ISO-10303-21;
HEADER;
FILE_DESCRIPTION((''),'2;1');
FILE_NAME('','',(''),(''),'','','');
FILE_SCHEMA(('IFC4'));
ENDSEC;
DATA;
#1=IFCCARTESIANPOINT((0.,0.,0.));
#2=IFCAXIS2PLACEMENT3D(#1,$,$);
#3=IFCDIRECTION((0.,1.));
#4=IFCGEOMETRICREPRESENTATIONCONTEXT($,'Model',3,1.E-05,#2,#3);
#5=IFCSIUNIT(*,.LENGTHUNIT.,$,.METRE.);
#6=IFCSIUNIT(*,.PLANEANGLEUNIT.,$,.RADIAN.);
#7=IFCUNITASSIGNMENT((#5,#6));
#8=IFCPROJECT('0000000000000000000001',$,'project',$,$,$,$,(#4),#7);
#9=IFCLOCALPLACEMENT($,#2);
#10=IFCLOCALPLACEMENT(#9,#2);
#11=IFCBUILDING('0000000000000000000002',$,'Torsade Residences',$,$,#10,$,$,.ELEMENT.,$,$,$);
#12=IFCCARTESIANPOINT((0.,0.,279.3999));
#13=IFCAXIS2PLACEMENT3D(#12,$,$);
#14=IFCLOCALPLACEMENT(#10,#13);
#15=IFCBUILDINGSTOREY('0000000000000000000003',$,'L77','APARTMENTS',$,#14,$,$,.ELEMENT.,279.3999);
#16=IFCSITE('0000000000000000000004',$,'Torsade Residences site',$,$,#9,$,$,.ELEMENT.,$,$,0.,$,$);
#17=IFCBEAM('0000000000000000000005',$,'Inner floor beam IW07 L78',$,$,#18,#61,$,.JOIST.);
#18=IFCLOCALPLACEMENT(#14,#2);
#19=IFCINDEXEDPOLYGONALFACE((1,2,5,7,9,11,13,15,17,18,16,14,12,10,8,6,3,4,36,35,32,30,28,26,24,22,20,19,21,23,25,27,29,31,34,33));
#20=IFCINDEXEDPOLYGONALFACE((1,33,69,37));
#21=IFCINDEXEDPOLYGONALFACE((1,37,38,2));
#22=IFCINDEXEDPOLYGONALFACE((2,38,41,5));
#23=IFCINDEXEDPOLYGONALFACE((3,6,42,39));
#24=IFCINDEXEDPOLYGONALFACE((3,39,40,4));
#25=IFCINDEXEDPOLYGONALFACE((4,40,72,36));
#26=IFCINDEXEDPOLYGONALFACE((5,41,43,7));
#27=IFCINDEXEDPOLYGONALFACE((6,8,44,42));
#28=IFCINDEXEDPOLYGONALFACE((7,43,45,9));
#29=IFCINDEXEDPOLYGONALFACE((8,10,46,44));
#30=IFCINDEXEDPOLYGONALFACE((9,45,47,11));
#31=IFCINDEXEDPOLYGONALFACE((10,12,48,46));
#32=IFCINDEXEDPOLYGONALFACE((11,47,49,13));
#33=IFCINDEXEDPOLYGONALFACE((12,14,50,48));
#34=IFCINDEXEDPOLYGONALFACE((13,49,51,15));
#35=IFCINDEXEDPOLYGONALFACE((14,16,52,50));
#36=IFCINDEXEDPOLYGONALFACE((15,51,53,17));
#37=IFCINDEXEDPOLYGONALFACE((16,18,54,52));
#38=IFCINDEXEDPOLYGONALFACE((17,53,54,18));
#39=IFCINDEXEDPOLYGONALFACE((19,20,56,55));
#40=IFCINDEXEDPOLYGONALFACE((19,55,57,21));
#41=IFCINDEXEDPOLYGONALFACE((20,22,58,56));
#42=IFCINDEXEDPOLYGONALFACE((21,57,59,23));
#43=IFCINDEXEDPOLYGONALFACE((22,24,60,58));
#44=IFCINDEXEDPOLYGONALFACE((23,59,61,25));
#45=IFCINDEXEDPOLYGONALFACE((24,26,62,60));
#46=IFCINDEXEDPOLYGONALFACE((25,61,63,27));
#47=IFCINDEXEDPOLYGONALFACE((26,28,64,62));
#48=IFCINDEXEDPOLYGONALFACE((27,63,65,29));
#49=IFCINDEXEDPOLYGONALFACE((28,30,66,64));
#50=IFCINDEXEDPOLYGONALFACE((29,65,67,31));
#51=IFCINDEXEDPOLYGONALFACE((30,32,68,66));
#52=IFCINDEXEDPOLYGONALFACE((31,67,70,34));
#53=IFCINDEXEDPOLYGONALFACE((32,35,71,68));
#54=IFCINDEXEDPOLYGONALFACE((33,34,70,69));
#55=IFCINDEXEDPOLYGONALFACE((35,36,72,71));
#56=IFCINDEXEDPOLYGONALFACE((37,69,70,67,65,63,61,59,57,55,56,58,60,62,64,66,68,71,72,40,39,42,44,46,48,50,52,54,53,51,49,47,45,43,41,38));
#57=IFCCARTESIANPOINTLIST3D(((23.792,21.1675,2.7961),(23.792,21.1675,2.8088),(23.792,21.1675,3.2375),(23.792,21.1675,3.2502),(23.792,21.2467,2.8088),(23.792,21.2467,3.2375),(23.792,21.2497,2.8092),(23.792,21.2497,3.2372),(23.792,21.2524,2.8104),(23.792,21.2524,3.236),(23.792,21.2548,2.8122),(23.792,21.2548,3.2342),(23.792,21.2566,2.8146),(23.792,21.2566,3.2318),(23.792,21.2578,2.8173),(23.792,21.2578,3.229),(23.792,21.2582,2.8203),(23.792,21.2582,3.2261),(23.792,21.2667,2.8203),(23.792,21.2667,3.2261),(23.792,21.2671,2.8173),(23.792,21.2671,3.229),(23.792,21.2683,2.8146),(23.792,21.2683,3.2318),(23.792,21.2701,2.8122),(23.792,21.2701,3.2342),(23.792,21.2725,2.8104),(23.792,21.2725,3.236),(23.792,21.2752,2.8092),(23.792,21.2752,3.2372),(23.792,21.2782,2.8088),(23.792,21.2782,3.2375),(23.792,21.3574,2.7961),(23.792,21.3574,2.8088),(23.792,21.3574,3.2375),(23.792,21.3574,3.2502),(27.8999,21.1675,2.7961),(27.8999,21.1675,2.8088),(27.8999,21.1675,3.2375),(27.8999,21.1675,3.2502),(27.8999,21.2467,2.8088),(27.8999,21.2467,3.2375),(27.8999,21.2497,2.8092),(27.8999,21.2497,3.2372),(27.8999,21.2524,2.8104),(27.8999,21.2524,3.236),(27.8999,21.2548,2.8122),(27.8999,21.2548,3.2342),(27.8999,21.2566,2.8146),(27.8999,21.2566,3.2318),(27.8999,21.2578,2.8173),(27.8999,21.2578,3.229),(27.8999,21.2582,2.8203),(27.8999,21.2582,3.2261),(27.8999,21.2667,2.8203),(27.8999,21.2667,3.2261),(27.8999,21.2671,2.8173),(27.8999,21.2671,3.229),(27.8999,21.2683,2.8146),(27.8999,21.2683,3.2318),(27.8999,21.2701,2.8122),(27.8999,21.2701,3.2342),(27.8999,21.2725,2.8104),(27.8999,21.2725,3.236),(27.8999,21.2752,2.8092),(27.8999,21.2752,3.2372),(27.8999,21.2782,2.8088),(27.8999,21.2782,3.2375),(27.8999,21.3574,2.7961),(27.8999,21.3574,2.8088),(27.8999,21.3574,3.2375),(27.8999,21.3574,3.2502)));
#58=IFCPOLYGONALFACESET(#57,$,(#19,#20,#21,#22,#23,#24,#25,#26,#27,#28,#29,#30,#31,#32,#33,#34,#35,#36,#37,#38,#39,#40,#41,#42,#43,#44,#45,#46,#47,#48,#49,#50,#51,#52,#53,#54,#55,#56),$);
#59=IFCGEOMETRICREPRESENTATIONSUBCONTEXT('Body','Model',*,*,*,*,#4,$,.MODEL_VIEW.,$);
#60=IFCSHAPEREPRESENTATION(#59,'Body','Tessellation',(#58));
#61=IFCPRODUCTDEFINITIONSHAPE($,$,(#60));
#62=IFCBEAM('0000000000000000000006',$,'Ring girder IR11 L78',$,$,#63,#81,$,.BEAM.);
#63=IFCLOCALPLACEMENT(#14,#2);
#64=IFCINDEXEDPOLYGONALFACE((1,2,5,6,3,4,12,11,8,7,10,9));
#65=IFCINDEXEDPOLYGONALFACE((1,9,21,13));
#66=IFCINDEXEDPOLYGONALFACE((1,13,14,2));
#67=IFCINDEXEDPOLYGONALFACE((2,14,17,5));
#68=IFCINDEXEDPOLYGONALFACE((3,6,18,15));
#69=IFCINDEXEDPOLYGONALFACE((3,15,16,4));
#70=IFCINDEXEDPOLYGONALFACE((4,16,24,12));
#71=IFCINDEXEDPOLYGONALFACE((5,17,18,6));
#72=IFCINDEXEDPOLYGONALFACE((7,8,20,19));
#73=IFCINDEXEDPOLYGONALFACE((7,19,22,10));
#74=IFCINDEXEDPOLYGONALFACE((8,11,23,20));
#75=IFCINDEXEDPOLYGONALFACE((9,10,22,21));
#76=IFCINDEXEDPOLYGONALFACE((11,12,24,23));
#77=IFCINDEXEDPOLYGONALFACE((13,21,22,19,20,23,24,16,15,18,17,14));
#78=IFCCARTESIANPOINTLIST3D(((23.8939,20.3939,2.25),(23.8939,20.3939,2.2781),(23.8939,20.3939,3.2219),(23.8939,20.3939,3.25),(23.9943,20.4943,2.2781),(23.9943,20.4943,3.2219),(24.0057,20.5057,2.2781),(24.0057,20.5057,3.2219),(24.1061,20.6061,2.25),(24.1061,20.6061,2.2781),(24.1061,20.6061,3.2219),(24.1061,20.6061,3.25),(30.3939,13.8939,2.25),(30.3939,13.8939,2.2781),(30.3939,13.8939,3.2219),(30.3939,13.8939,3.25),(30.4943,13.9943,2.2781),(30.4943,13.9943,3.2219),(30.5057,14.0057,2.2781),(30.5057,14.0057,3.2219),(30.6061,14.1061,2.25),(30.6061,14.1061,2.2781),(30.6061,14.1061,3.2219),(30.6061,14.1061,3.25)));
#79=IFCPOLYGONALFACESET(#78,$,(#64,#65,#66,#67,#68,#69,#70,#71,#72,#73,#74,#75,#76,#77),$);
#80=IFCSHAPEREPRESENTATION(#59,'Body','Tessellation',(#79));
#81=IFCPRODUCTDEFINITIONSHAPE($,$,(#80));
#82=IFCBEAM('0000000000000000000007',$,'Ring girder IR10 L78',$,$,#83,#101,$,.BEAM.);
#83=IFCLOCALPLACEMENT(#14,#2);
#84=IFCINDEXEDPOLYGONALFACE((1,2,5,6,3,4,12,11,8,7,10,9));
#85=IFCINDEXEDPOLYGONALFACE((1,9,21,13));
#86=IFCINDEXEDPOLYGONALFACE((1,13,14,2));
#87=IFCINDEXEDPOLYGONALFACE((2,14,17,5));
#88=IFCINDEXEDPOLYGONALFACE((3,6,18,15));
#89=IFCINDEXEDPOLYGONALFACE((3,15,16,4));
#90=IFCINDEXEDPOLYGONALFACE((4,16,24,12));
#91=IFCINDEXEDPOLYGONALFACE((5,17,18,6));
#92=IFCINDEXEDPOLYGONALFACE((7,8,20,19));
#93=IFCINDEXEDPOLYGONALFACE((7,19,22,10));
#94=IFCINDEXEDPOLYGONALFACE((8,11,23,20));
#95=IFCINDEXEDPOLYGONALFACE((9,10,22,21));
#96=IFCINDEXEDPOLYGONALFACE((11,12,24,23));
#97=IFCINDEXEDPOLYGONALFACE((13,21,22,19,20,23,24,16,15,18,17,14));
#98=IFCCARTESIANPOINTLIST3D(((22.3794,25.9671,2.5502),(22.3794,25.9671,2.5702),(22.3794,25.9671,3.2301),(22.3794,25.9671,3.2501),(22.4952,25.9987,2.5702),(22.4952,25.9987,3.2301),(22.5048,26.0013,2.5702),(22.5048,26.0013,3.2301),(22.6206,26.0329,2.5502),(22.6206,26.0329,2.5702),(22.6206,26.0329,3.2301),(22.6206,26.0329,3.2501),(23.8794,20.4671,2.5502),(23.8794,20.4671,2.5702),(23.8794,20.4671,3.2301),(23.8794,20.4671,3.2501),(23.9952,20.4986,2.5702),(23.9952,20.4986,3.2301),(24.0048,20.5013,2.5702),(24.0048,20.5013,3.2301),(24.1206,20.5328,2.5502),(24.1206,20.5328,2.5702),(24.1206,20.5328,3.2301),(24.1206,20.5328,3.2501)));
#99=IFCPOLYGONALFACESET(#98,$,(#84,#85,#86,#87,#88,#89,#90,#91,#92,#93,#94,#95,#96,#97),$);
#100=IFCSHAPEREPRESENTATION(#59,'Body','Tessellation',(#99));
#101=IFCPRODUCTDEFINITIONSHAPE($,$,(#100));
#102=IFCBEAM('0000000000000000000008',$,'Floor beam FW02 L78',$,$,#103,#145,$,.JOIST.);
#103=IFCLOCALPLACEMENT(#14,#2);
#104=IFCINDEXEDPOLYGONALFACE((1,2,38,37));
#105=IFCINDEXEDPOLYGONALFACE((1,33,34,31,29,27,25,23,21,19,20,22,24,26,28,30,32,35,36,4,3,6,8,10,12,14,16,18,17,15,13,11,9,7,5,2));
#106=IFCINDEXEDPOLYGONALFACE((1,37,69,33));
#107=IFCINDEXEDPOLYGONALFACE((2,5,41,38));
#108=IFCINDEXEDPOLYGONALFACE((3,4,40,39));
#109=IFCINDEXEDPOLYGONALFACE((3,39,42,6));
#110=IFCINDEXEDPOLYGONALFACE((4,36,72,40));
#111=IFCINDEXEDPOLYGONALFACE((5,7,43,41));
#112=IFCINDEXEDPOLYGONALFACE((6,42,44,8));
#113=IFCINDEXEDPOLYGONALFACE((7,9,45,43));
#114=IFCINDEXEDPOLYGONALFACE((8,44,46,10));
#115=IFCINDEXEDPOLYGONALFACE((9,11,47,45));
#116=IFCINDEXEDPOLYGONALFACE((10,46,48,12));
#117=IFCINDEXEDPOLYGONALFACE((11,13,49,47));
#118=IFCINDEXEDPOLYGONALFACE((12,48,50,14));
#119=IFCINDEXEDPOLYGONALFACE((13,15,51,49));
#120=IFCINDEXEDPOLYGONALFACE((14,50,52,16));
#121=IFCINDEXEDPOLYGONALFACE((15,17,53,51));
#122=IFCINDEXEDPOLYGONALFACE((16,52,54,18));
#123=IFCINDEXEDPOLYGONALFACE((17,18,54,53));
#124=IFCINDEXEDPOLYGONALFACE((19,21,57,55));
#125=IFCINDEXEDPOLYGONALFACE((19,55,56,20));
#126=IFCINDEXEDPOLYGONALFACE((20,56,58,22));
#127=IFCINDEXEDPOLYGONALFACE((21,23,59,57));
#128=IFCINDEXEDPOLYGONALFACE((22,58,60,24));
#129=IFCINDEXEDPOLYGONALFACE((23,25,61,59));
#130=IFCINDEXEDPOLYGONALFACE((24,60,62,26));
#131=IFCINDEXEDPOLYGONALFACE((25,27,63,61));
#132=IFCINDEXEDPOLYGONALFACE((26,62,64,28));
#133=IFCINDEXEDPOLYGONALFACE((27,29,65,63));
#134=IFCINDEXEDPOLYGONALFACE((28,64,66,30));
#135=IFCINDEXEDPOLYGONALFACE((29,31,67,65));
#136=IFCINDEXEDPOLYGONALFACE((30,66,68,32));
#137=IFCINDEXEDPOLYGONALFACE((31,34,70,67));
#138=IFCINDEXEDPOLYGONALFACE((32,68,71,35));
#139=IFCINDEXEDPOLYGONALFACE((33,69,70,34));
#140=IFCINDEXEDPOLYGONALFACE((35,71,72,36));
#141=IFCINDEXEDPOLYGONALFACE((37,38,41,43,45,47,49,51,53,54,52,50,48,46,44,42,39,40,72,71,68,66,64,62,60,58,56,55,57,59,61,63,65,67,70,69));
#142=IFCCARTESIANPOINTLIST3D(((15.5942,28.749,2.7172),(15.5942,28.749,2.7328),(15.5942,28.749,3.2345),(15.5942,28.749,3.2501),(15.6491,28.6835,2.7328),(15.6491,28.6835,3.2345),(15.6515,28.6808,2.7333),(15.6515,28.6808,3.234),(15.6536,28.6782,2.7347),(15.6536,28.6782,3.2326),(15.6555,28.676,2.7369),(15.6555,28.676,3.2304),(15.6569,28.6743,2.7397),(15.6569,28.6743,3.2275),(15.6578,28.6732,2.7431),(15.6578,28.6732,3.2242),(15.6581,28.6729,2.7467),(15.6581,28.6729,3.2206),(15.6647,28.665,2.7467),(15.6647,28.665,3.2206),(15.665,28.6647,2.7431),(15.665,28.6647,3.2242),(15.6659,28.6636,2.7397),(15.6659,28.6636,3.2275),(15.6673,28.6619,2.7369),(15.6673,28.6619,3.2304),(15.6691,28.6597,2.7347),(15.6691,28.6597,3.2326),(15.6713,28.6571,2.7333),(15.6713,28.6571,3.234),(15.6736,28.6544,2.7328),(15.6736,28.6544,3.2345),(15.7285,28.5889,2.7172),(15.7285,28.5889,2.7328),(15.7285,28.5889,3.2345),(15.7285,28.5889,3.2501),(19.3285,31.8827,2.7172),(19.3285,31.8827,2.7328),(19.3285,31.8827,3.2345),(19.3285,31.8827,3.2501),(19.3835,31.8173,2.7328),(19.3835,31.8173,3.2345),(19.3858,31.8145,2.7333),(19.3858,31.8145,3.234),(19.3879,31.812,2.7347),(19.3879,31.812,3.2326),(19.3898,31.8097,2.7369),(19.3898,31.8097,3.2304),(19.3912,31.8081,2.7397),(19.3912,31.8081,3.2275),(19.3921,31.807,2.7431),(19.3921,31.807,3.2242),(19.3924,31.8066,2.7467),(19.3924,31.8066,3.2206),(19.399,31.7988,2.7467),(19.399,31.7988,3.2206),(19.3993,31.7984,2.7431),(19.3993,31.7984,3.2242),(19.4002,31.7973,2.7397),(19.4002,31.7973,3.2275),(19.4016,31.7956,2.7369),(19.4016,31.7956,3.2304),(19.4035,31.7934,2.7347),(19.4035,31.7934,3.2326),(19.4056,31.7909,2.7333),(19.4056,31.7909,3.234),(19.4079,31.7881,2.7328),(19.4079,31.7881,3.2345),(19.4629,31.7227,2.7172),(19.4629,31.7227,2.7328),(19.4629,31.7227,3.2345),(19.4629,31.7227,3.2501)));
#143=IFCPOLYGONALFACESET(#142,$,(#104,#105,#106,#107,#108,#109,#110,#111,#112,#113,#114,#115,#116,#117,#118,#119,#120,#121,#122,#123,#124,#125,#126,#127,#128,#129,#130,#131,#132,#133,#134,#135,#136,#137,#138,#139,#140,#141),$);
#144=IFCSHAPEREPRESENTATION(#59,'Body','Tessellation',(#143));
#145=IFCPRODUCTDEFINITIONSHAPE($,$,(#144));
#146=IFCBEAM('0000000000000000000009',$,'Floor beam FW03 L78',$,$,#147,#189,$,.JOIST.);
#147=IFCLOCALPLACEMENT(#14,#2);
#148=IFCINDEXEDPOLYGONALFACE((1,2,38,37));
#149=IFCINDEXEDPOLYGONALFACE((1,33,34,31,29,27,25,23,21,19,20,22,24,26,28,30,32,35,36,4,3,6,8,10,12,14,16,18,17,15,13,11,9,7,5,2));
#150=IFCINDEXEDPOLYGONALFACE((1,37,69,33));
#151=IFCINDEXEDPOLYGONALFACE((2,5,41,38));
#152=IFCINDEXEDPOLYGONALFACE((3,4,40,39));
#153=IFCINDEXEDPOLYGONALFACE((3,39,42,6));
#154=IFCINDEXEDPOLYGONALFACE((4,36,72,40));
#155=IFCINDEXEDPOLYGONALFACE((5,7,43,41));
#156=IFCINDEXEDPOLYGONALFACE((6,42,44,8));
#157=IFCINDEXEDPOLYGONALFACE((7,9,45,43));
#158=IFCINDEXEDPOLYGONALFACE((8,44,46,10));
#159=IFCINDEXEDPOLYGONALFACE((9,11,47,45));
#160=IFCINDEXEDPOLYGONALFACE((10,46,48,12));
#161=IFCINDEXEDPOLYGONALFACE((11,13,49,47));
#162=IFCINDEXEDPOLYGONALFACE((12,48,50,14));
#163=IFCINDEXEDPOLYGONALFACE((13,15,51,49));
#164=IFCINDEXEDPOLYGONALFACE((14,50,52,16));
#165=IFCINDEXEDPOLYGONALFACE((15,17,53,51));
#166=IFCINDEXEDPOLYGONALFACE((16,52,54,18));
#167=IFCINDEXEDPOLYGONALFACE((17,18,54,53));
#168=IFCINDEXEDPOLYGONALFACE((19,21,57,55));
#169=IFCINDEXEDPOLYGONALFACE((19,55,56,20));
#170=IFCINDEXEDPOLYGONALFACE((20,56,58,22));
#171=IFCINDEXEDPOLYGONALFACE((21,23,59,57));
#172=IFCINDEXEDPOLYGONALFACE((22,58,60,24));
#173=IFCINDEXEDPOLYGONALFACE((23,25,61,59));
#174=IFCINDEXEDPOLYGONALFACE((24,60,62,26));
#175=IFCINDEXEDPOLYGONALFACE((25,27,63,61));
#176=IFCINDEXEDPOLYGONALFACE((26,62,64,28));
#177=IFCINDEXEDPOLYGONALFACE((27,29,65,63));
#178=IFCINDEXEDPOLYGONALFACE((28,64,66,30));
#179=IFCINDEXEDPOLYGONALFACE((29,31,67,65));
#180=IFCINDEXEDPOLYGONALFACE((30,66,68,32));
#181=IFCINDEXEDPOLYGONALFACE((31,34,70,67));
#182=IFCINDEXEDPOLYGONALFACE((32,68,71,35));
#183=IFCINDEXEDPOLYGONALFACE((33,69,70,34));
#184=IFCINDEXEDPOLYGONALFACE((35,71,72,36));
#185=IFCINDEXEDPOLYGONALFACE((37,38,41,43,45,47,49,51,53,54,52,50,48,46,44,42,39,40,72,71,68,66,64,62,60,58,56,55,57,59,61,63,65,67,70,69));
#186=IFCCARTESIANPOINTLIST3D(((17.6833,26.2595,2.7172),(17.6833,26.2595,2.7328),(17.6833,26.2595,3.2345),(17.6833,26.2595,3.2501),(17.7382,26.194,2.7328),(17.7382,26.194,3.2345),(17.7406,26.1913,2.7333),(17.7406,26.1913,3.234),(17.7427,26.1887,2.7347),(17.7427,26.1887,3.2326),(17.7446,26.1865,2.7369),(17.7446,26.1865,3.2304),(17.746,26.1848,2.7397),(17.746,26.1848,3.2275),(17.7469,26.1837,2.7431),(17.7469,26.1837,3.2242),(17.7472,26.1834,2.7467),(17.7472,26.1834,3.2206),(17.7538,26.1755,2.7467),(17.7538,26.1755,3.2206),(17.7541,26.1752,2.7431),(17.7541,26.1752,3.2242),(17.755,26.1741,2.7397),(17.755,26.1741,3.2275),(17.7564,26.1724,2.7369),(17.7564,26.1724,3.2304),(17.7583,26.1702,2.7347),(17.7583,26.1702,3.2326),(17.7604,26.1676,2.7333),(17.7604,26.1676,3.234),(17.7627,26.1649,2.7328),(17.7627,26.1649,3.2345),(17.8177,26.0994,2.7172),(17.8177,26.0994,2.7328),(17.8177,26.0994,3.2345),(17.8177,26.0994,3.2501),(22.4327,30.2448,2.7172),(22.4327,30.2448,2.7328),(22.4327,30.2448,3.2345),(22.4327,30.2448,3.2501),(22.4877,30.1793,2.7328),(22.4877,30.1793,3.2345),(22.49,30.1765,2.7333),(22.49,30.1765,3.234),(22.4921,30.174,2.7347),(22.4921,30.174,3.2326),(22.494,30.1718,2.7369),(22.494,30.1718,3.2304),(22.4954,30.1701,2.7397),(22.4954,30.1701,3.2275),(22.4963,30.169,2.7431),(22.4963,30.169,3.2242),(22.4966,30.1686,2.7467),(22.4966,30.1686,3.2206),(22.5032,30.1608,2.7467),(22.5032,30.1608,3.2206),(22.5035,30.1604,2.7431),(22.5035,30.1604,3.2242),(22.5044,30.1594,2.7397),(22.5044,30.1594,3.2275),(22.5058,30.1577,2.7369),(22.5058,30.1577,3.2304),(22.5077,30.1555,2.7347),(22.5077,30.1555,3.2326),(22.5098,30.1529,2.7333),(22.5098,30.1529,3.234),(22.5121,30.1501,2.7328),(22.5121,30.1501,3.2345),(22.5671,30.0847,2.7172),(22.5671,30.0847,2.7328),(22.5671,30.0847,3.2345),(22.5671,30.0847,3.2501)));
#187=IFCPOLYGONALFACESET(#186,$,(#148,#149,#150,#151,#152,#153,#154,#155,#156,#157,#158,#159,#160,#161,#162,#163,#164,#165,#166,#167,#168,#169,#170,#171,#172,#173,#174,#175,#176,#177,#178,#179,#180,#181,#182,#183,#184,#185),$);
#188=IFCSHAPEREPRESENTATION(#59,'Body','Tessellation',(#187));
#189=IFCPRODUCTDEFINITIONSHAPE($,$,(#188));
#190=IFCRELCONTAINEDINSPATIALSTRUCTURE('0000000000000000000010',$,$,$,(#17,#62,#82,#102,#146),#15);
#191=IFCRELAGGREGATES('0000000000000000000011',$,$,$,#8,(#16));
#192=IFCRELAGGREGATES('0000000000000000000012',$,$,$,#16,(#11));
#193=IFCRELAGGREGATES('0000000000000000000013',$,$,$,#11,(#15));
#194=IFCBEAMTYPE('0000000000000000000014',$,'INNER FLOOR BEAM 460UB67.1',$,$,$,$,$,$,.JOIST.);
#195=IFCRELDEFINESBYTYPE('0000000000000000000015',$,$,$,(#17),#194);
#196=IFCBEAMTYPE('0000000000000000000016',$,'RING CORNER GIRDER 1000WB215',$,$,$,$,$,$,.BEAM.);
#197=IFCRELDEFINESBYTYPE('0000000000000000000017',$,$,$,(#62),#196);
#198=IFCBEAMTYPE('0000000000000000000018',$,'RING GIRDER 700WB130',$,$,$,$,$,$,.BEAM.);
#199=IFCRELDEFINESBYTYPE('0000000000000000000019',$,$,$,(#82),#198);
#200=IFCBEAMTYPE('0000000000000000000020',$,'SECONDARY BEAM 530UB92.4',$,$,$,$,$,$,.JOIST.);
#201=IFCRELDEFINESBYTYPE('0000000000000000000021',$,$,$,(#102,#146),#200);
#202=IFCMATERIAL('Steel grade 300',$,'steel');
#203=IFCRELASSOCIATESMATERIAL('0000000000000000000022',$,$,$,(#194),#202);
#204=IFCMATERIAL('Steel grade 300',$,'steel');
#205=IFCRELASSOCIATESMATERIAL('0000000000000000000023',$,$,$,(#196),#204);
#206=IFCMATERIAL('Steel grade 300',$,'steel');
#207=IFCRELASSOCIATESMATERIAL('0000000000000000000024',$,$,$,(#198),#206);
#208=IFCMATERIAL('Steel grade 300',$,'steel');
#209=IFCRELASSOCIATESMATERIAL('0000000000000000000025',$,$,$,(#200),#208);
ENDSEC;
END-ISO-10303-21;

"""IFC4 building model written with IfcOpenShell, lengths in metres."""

from ifc_helpers import new_model, si_unit, direction, frame, origin, origin_2d, place, context, subcontext, project, spatial, i_section, extrude, material, material_profile, profile_set, type_object, element, save


model = new_model("IFC4")

# Units and contexts
model_context = context("Model", 3, precision=1e-05, world=origin(), true_north=direction((0.0, 1.0)))
body_context = subcontext(model_context, "Body", "Model", "MODEL_VIEW")
ifc_project = project(units=[si_unit("LENGTHUNIT", "METRE"), si_unit("PLANEANGLEUNIT", "RADIAN")], contexts=[model_context])

# Site, building, storey
site_placement = place(None, origin())
site = spatial("IfcSite", under=ifc_project, at=site_placement, Name="Torsade Residences site", CompositionType="ELEMENT", RefElevation=0.0)
building_placement = place(site_placement, origin())
building = spatial("IfcBuilding", under=site, at=building_placement, Name="Torsade Residences", CompositionType="ELEMENT")
storey_placement = place(building_placement, frame((0.0, 0.0, 279.3999)))
storey = spatial("IfcBuildingStorey", under=building, at=storey_placement, Name="L77", Description="APARTMENTS", CompositionType="ELEMENT", Elevation=279.3999)

# Beams
ifc_material_1 = material(Name="Steel grade 300", Category="steel")
ifc_material_profile_1 = material_profile(ifc_material_1, i_section(OverallWidth=0.1899, OverallDepth=0.4541, WebThickness=0.0085, FlangeThickness=0.0127, FilletRadius=0.0115, at=origin_2d()), Name="460UB67.1")
ifc_profile_set_1 = profile_set([ifc_material_profile_1], Name="Steel grade 300")
beam_type_1 = type_object("IfcBeamType", Name="INNER FLOOR BEAM 460UB67.1", PredefinedType="JOIST", material=ifc_profile_set_1)
beam_1_placement = place(storey_placement, frame((27.8999, 21.2625, 3.0232), z_axis=(-1.0, 0.0, 0.0), x_axis=(0.0, -1.0, 0.0)))
element("IfcBeam", 1, at=beam_1_placement, inside=storey, type_object=beam_type_1, Name="Inner floor beam IW07 L78", PredefinedType="JOIST", context=body_context, shape_type="SweptSolid", body=[
    extrude(i_section(OverallWidth=0.1899, OverallDepth=0.4541, WebThickness=0.0085, FlangeThickness=0.0127, FilletRadius=0.0115, at=origin_2d()), origin(), (0.0, 0.0, 1.0), 4.1079),
])
ifc_material_2 = material(Name="Steel grade 300", Category="steel")
ifc_material_profile_2 = material_profile(ifc_material_2, i_section(OverallWidth=0.3, OverallDepth=1.0, WebThickness=0.0161, FlangeThickness=0.0281, at=origin_2d()), Name="1000WB215")
ifc_profile_set_2 = profile_set([ifc_material_profile_2], Name="Steel grade 300")
beam_type_2 = type_object("IfcBeamType", Name="RING CORNER GIRDER 1000WB215", PredefinedType="BEAM", material=ifc_profile_set_2)
beam_2_placement = place(storey_placement, frame((24.0, 20.5, 2.75), z_axis=(0.707107, -0.707107, 0.0), x_axis=(0.707107, 0.707107, 0.0)))
element("IfcBeam", 2, at=beam_2_placement, inside=storey, type_object=beam_type_2, Name="Ring girder IR11 L78", PredefinedType="BEAM", context=body_context, shape_type="SweptSolid", body=[
    extrude(i_section(OverallWidth=0.3, OverallDepth=1.0, WebThickness=0.0161, FlangeThickness=0.0281, at=origin_2d()), origin(), (0.0, 0.0, 1.0), 9.1924),
])
ifc_material_3 = material(Name="Steel grade 300", Category="steel")
ifc_material_profile_3 = material_profile(ifc_material_3, i_section(OverallWidth=0.25, OverallDepth=0.7, WebThickness=0.01, FlangeThickness=0.02, at=origin_2d()), Name="700WB130")
ifc_profile_set_3 = profile_set([ifc_material_profile_3], Name="Steel grade 300")
beam_type_3 = type_object("IfcBeamType", Name="RING GIRDER 700WB130", PredefinedType="BEAM", material=ifc_profile_set_3)
beam_3_placement = place(storey_placement, frame((22.5, 26.0, 2.9001), z_axis=(0.263117, -0.964764, 0.0), x_axis=(0.964764, 0.263117, 0.0)))
element("IfcBeam", 3, at=beam_3_placement, inside=storey, type_object=beam_type_3, Name="Ring girder IR10 L78", PredefinedType="BEAM", context=body_context, shape_type="SweptSolid", body=[
    extrude(i_section(OverallWidth=0.25, OverallDepth=0.7, WebThickness=0.01, FlangeThickness=0.02, at=origin_2d()), origin(), (0.0, 0.0, 1.0), 5.7009),
])
ifc_material_4 = material(Name="Steel grade 300", Category="steel")
ifc_material_profile_4 = material_profile(ifc_material_4, i_section(OverallWidth=0.209, OverallDepth=0.533, WebThickness=0.0103, FlangeThickness=0.0156, FilletRadius=0.0139, at=origin_2d()), Name="530UB92.4")
ifc_profile_set_4 = profile_set([ifc_material_profile_4], Name="Steel grade 300")
beam_type_4 = type_object("IfcBeamType", Name="SECONDARY BEAM 530UB92.4", PredefinedType="JOIST", material=ifc_profile_set_4)
beam_4_placement = place(storey_placement, frame((15.6614, 28.6689, 2.9836), z_axis=(0.766017, 0.642821, 0.0), x_axis=(-0.642821, 0.766017, 0.0)))
element("IfcBeam", 4, at=beam_4_placement, inside=storey, type_object=beam_type_4, Name="Floor beam FW02 L78", PredefinedType="JOIST", context=body_context, shape_type="SweptSolid", body=[
    extrude(i_section(OverallWidth=0.209, OverallDepth=0.533, WebThickness=0.0103, FlangeThickness=0.0156, FilletRadius=0.0139, at=origin_2d()), origin(), (0.0, 0.0, 1.0), 4.875),
])
beam_5_placement = place(storey_placement, frame((17.7505, 26.1794, 2.9836), z_axis=(0.766041, 0.642791, 0.0), x_axis=(-0.642791, 0.766041, 0.0)))
element("IfcBeam", 5, at=beam_5_placement, inside=storey, type_object=beam_type_4, Name="Floor beam FW03 L78", PredefinedType="JOIST", context=body_context, shape_type="SweptSolid", body=[
    extrude(i_section(OverallWidth=0.209, OverallDepth=0.533, WebThickness=0.0103, FlangeThickness=0.0156, FilletRadius=0.0139, at=origin_2d()), origin(), (0.0, 0.0, 1.0), 6.2),
])

save(model, "model.ifc")
